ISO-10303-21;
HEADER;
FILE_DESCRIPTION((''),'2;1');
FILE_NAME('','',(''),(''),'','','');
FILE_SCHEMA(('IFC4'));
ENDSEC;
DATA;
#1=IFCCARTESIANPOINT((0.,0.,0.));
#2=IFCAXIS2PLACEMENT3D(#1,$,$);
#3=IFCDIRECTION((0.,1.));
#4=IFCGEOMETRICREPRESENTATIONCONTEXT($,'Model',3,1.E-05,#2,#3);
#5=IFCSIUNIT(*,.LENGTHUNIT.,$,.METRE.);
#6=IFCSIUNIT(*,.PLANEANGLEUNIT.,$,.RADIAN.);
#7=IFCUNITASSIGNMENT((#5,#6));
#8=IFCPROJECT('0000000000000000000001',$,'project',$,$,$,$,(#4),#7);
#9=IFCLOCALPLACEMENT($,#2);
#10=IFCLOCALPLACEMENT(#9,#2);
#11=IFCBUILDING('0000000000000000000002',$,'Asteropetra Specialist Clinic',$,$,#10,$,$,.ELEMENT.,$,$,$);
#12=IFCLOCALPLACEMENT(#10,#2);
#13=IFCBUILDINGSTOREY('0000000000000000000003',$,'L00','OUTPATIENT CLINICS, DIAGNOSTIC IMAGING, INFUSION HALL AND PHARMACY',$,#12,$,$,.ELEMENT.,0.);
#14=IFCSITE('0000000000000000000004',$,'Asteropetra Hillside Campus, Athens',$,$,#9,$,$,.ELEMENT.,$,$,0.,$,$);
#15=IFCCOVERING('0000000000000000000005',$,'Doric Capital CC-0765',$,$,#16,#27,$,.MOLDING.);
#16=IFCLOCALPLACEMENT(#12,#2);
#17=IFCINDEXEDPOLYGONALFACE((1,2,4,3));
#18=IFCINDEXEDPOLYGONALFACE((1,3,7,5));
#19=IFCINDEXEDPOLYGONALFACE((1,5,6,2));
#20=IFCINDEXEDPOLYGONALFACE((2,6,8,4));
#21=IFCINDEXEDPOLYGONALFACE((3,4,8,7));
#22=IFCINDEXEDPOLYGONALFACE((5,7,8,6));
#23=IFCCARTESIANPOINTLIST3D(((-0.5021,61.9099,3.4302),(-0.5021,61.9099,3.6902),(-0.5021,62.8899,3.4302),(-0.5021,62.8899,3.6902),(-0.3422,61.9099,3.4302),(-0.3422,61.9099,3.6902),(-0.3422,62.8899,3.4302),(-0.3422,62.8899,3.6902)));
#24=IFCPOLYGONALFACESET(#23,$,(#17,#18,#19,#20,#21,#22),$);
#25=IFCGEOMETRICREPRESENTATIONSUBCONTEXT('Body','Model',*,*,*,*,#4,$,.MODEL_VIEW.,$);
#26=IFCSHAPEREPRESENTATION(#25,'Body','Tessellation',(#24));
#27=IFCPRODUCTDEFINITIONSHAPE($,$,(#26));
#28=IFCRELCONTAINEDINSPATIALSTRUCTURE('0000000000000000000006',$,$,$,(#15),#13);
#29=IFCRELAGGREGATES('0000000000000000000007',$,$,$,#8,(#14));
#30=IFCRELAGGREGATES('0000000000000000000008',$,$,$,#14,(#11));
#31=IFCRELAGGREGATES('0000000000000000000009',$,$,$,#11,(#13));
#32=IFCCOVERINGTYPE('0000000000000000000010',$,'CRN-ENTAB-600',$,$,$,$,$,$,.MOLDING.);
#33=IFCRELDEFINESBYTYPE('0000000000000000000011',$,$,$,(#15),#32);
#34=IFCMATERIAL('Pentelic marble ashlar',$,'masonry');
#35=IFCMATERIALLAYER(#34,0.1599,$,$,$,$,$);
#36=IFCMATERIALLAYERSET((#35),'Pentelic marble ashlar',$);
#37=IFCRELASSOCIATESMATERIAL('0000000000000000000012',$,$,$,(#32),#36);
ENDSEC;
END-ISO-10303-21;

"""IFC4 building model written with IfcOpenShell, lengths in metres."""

from ifc_helpers import new_model, si_unit, direction, frame, origin, origin_2d, place, context, subcontext, project, spatial, rectangle, extrude, material, layer, layer_set, type_object, element, save


model = new_model("IFC4")

# Units and contexts
model_context = context("Model", 3, precision=1e-05, world=origin(), true_north=direction((0.0, 1.0)))
body_context = subcontext(model_context, "Body", "Model", "MODEL_VIEW")
ifc_project = project(units=[si_unit("LENGTHUNIT", "METRE"), si_unit("PLANEANGLEUNIT", "RADIAN")], contexts=[model_context])

# Site, building, storey
site_placement = place(None, origin())
site = spatial("IfcSite", under=ifc_project, at=site_placement, Name="Asteropetra Hillside Campus, Athens", CompositionType="ELEMENT", RefElevation=0.0)
building_placement = place(site_placement, origin())
building = spatial("IfcBuilding", under=site, at=building_placement, Name="Asteropetra Specialist Clinic", CompositionType="ELEMENT")
storey_placement = place(building_placement, origin())
storey = spatial("IfcBuildingStorey", under=building, at=storey_placement, Name="L00", Description="OUTPATIENT CLINICS, DIAGNOSTIC IMAGING, INFUSION HALL AND PHARMACY", CompositionType="ELEMENT", Elevation=0.0)

# Covering
ifc_material_1 = material(Name="Pentelic marble ashlar", Category="masonry")
ifc_layer_1 = layer(ifc_material_1, 0.1599)
ifc_layer_set_1 = layer_set([ifc_layer_1], Name="Pentelic marble ashlar")
covering_type = type_object("IfcCoveringType", Name="CRN-ENTAB-600", PredefinedType="MOLDING", material=ifc_layer_set_1)
for number, where, z_axis, x_axis, name in (
    (1, (-0.4221, 62.3999, 3.4302), (0.0, 0.0, 1.0), (1.0, 0.0, 0.0), "Doric Capital CC-0765"),
):
    element("IfcCovering", number, at=place(storey_placement, frame(where, z_axis=z_axis, x_axis=x_axis)), inside=storey, type_object=covering_type, Name=name, PredefinedType="MOLDING", context=body_context, shape_type="SweptSolid", body=[
        extrude(rectangle(XDim=0.1599, YDim=0.98, at=origin_2d()), origin(), (0.0, 0.0, 1.0), 0.26),
    ])

save(model, "model.ifc")
